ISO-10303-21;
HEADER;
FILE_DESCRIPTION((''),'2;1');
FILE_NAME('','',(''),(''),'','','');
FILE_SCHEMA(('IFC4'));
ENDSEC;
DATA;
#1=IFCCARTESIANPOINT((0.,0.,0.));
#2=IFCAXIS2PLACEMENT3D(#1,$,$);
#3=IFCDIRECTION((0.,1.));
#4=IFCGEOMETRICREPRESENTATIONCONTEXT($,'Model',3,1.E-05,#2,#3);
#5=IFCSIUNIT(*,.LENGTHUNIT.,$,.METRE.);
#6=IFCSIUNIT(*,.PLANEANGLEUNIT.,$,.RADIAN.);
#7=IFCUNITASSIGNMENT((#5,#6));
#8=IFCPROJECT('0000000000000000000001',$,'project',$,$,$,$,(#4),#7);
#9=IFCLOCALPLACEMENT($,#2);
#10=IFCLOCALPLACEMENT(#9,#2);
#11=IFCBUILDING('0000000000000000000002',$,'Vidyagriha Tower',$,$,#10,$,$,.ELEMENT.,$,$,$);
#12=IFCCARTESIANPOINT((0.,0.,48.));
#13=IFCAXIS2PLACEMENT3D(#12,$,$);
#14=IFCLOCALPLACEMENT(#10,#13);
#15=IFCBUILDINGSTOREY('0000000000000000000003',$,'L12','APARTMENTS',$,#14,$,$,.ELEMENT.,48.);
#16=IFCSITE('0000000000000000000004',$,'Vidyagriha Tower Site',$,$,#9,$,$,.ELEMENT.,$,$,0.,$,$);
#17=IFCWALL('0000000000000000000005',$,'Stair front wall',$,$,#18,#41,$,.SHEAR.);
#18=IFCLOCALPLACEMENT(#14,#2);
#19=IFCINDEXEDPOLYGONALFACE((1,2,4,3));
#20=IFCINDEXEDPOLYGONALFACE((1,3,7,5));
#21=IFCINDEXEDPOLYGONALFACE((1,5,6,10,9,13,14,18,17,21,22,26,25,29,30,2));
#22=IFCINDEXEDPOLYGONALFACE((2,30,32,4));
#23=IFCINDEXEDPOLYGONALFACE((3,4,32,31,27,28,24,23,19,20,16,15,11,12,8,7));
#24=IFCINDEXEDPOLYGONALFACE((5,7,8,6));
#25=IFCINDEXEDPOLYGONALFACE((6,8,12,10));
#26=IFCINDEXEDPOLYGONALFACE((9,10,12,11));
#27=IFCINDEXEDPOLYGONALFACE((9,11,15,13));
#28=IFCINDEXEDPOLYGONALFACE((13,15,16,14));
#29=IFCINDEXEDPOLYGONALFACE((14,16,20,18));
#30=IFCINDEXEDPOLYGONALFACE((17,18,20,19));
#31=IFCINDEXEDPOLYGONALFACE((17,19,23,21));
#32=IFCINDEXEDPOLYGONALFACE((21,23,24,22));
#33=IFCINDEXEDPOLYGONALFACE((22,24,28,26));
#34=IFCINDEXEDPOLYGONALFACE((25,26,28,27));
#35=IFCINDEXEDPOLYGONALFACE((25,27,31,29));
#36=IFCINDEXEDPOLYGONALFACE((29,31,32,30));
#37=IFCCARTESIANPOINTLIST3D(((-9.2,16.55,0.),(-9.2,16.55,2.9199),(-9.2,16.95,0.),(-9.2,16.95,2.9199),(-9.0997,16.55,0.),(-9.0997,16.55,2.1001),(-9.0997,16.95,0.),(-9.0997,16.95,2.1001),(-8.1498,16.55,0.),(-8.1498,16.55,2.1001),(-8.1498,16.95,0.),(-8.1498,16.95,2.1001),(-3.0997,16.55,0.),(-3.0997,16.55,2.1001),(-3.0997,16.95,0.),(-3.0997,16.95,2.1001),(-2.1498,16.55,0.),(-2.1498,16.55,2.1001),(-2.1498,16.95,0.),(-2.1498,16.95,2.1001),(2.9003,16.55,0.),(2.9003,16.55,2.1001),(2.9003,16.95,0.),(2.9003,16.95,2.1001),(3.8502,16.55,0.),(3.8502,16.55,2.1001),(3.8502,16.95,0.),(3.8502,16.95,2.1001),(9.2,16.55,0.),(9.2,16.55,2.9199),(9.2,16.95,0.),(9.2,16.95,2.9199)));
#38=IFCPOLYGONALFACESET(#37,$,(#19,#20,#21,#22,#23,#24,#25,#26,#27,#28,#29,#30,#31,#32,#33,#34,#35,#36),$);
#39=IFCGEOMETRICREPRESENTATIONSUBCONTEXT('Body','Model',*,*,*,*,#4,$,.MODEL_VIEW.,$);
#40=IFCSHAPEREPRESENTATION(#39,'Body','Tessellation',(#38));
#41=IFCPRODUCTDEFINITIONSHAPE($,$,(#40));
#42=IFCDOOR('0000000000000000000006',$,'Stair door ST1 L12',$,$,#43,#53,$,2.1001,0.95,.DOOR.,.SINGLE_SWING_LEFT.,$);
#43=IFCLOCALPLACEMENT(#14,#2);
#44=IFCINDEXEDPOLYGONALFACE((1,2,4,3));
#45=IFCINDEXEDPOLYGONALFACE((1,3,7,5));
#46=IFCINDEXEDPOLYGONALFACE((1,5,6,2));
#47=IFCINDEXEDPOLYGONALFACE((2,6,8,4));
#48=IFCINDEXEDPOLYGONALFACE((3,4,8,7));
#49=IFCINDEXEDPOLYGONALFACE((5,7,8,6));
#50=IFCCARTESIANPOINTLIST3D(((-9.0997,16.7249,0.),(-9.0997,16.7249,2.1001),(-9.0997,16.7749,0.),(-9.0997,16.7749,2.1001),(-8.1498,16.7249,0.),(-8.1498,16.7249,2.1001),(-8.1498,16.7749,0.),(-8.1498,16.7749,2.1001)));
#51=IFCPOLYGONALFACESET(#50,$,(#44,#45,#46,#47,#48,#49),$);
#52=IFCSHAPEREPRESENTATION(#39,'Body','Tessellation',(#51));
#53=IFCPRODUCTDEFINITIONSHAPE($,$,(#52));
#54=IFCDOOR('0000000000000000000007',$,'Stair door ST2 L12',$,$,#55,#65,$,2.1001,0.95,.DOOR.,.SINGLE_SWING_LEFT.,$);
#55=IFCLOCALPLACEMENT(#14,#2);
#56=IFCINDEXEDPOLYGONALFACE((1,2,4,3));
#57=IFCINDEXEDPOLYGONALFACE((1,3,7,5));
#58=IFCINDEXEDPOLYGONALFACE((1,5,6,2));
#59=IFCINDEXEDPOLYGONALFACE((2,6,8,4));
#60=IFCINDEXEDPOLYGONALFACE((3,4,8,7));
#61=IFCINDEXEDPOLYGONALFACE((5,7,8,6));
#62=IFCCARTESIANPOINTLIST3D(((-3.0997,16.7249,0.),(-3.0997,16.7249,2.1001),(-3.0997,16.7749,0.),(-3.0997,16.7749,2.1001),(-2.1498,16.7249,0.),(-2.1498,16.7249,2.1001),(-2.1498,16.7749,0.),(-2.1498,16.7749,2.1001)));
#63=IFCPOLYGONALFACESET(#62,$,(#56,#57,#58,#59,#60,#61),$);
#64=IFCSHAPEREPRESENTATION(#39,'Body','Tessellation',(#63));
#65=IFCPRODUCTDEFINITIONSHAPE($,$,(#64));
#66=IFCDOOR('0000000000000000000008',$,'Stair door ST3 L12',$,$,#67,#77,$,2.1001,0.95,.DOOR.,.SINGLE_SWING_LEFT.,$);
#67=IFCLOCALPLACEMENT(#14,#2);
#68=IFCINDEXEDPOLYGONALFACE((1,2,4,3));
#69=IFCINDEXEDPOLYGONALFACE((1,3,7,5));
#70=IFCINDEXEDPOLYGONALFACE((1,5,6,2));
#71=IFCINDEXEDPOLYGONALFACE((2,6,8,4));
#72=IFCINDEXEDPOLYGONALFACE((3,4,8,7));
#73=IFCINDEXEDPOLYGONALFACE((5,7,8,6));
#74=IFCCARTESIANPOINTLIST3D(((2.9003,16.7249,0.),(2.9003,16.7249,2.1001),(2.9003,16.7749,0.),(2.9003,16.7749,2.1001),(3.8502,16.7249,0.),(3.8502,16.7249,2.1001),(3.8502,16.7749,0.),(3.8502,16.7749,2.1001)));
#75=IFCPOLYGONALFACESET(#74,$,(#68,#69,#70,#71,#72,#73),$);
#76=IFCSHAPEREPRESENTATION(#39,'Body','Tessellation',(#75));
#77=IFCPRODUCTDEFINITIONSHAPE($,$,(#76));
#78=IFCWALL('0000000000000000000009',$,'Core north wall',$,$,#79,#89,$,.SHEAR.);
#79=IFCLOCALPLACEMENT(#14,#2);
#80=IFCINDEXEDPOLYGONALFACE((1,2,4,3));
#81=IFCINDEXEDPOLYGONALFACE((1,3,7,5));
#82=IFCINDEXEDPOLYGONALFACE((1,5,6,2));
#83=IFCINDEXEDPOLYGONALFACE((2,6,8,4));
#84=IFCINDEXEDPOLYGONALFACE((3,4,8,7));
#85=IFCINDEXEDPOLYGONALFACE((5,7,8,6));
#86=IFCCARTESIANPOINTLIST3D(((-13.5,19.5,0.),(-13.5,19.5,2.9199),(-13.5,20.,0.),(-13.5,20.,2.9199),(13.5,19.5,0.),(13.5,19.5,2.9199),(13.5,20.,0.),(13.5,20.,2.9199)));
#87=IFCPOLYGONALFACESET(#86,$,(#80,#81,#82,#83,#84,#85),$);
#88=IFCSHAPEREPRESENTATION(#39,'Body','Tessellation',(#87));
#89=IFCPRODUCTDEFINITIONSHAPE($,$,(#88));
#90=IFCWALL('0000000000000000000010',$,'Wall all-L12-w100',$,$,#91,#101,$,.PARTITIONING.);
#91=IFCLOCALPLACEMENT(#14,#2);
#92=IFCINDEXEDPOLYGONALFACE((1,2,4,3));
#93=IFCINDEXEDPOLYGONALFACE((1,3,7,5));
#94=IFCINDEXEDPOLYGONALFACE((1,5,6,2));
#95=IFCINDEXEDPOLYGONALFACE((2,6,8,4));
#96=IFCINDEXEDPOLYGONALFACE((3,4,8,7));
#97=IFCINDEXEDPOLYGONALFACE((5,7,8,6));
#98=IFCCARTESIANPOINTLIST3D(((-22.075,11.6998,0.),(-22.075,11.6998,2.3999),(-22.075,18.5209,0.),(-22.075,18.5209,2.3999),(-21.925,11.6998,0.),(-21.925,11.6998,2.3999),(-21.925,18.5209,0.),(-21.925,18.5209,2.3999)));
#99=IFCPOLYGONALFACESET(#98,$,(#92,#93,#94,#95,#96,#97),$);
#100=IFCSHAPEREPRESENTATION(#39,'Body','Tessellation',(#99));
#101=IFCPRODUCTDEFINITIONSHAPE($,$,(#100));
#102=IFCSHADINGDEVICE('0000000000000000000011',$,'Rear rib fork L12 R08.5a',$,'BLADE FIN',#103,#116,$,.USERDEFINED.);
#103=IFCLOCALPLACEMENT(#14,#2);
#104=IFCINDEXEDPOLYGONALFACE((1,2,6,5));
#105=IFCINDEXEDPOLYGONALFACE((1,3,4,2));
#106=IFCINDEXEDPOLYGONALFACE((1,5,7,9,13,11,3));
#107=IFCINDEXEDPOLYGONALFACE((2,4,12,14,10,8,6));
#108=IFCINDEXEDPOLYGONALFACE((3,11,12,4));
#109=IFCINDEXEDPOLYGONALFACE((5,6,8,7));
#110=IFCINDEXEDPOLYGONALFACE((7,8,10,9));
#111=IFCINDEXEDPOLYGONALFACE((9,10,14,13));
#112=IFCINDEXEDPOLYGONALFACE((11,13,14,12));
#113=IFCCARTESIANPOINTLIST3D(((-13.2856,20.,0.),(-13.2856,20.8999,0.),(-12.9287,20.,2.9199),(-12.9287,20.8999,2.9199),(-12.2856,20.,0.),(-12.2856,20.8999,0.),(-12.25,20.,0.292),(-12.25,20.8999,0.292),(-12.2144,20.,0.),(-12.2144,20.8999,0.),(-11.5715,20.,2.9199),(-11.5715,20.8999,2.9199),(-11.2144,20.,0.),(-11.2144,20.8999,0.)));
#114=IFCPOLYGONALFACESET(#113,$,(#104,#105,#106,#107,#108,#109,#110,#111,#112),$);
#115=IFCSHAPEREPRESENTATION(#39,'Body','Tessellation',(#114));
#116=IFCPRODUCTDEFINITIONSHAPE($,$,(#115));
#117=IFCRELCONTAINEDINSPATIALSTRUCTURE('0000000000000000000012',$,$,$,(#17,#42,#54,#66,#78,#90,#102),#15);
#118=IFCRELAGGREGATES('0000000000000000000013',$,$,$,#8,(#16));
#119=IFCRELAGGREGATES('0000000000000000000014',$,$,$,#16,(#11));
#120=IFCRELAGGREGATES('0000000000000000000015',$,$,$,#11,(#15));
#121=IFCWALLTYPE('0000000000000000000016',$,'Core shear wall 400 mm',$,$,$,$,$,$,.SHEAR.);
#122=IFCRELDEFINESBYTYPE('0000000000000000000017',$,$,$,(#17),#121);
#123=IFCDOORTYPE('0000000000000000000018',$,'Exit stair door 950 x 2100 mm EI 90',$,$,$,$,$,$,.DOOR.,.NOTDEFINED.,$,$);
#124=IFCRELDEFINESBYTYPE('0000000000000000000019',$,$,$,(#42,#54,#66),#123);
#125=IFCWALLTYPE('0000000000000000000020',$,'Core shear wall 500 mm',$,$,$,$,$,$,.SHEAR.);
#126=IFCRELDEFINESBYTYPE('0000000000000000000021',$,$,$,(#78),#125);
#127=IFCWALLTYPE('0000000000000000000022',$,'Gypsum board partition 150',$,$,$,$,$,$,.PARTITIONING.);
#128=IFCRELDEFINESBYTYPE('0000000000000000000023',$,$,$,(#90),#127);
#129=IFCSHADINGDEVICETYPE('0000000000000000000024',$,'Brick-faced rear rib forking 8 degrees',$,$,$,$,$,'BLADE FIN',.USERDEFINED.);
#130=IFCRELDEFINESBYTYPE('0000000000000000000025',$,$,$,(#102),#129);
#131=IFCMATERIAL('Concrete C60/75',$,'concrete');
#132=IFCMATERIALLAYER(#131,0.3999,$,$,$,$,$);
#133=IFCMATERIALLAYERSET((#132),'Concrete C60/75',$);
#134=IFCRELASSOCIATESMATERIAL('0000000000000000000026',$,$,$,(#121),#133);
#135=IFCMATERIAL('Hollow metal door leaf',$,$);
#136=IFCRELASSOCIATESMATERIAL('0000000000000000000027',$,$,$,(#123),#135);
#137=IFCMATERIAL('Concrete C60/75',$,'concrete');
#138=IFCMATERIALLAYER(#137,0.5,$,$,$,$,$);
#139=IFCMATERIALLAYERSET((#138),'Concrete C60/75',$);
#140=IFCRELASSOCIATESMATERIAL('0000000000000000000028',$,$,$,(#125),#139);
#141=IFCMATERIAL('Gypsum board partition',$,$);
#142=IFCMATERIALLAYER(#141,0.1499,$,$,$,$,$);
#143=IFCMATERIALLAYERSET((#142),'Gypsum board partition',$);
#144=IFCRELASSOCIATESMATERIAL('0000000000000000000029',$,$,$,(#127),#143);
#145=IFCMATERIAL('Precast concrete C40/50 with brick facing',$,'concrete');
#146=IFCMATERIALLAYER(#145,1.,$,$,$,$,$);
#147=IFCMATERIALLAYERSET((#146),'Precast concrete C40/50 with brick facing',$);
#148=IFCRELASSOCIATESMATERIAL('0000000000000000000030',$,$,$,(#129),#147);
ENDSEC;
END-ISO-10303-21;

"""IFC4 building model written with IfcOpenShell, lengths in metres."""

from ifc_helpers import new_model, si_unit, direction, frame, frame_2d, origin, place, context, subcontext, project, spatial, polyline, rectangle, outline, extrude, material, layer, layer_set, type_object, element, fill, save


model = new_model("IFC4")

# Units and contexts
model_context = context("Model", 3, precision=1e-05, world=origin(), true_north=direction((0.0, 1.0)))
body_context = subcontext(model_context, "Body", "Model", "MODEL_VIEW")
ifc_project = project(units=[si_unit("LENGTHUNIT", "METRE"), si_unit("PLANEANGLEUNIT", "RADIAN")], contexts=[model_context])

# Site, building, storey
site_placement = place(None, origin())
site = spatial("IfcSite", under=ifc_project, at=site_placement, Name="Vidyagriha Tower Site", CompositionType="ELEMENT", RefElevation=0.0)
building_placement = place(site_placement, origin())
building = spatial("IfcBuilding", under=site, at=building_placement, Name="Vidyagriha Tower", CompositionType="ELEMENT")
storey_placement = place(building_placement, frame((0.0, 0.0, 48.0)))
storey = spatial("IfcBuildingStorey", under=building, at=storey_placement, Name="L12", Description="APARTMENTS", CompositionType="ELEMENT", Elevation=48.0)

# Wall, openings, doors
ifc_material_1 = material(Name="Concrete C60/75", Category="concrete")
ifc_layer_1 = layer(ifc_material_1, 0.3999)
ifc_layer_set_1 = layer_set([ifc_layer_1], Name="Concrete C60/75")
wall_type_1 = type_object("IfcWallType", Name="Core shear wall 400 mm", PredefinedType="SHEAR", material=ifc_layer_set_1)
wall_1_placement = place(storey_placement, frame((-9.2, 16.75, 0.0)))
wall_1 = element("IfcWall", 1, at=wall_1_placement, inside=storey, type_object=wall_type_1, Name="Stair front wall", PredefinedType="SHEAR", context=body_context, shape_type="SweptSolid", body=[
    extrude(rectangle(XDim=18.3999, YDim=0.3999, at=frame_2d((9.2, 0.0))), origin(), (0.0, 0.0, 1.0), 2.9199),
])
opening_1_placement = place(wall_1_placement, frame((0.1001, 0.0, 0.0)))
opening_1 = element("IfcOpeningElement", 2, at=opening_1_placement, cuts=wall_1, PredefinedType="OPENING", context=body_context, shape_type="SweptSolid", body=[
    extrude(rectangle(XDim=0.95, YDim=2.1001, at=frame_2d((0.4751, 1.05))), frame((0.0, 0.21, 0.0), z_axis=(0.0, -1.0, 0.0), x_axis=(1.0, 0.0, 0.0)), (0.0, 0.0, 1.0), 0.4199),
])
opening_2_placement = place(wall_1_placement, frame((6.1001, 0.0, 0.0)))
opening_2 = element("IfcOpeningElement", 3, at=opening_2_placement, cuts=wall_1, PredefinedType="OPENING", context=body_context, shape_type="SweptSolid", body=[
    extrude(rectangle(XDim=0.95, YDim=2.1001, at=frame_2d((0.4751, 1.05))), frame((0.0, 0.21, 0.0), z_axis=(0.0, -1.0, 0.0), x_axis=(1.0, 0.0, 0.0)), (0.0, 0.0, 1.0), 0.4199),
])
opening_3_placement = place(wall_1_placement, frame((12.1001, 0.0, 0.0)))
opening_3 = element("IfcOpeningElement", 4, at=opening_3_placement, cuts=wall_1, PredefinedType="OPENING", context=body_context, shape_type="SweptSolid", body=[
    extrude(rectangle(XDim=0.95, YDim=2.1001, at=frame_2d((0.4751, 1.05))), frame((0.0, 0.21, 0.0), z_axis=(0.0, -1.0, 0.0), x_axis=(1.0, 0.0, 0.0)), (0.0, 0.0, 1.0), 0.4199),
])
ifc_material_2 = material(Name="Hollow metal door leaf")
door_type = type_object("IfcDoorType", Name="Exit stair door 950 x 2100 mm EI 90", OperationType="NOTDEFINED", PredefinedType="DOOR", material=ifc_material_2)
door_1_placement = place(opening_1_placement, origin())
door_1 = element("IfcDoor", 5, at=door_1_placement, inside=storey, type_object=door_type, Name="Stair door ST1 L12", OperationType="SINGLE_SWING_LEFT", OverallHeight=2.1001, OverallWidth=0.95, PredefinedType="DOOR", context=body_context, shape_type="SweptSolid", body=[
    extrude(rectangle(XDim=0.95, YDim=2.1001, at=frame_2d((0.4751, 1.05))), frame((0.0, 0.0249, 0.0), z_axis=(0.0, -1.0, 0.0), x_axis=(1.0, 0.0, 0.0)), (0.0, 0.0, 1.0), 0.05),
])
fill(opening_1, door_1)
door_2_placement = place(opening_2_placement, origin())
door_2 = element("IfcDoor", 6, at=door_2_placement, inside=storey, type_object=door_type, Name="Stair door ST2 L12", OperationType="SINGLE_SWING_LEFT", OverallHeight=2.1001, OverallWidth=0.95, PredefinedType="DOOR", context=body_context, shape_type="SweptSolid", body=[
    extrude(rectangle(XDim=0.95, YDim=2.1001, at=frame_2d((0.4751, 1.05))), frame((0.0, 0.0249, 0.0), z_axis=(0.0, -1.0, 0.0), x_axis=(1.0, 0.0, 0.0)), (0.0, 0.0, 1.0), 0.05),
])
fill(opening_2, door_2)
door_3_placement = place(opening_3_placement, origin())
door_3 = element("IfcDoor", 7, at=door_3_placement, inside=storey, type_object=door_type, Name="Stair door ST3 L12", OperationType="SINGLE_SWING_LEFT", OverallHeight=2.1001, OverallWidth=0.95, PredefinedType="DOOR", context=body_context, shape_type="SweptSolid", body=[
    extrude(rectangle(XDim=0.95, YDim=2.1001, at=frame_2d((0.4751, 1.05))), frame((0.0, 0.0249, 0.0), z_axis=(0.0, -1.0, 0.0), x_axis=(1.0, 0.0, 0.0)), (0.0, 0.0, 1.0), 0.05),
])
fill(opening_3, door_3)

# Walls
ifc_material_3 = material(Name="Concrete C60/75", Category="concrete")
ifc_layer_2 = layer(ifc_material_3, 0.5)
ifc_layer_set_2 = layer_set([ifc_layer_2], Name="Concrete C60/75")
wall_type_2 = type_object("IfcWallType", Name="Core shear wall 500 mm", PredefinedType="SHEAR", material=ifc_layer_set_2)
wall_2_placement = place(storey_placement, frame((-13.5, 19.75, 0.0)))
element("IfcWall", 8, at=wall_2_placement, inside=storey, type_object=wall_type_2, Name="Core north wall", PredefinedType="SHEAR", context=body_context, shape_type="SweptSolid", body=[
    extrude(rectangle(XDim=27.0, YDim=0.5, at=frame_2d((13.5, 0.0))), origin(), (0.0, 0.0, 1.0), 2.9199),
])
ifc_material_4 = material(Name="Gypsum board partition")
ifc_layer_3 = layer(ifc_material_4, 0.1499)
ifc_layer_set_3 = layer_set([ifc_layer_3], Name="Gypsum board partition")
wall_type_3 = type_object("IfcWallType", Name="Gypsum board partition 150", PredefinedType="PARTITIONING", material=ifc_layer_set_3)
wall_3_placement = place(storey_placement, frame((-22.0, 18.521, 0.0), z_axis=(0.0, 0.0, 1.0), x_axis=(0.0, -1.0, 0.0)))
element("IfcWall", 9, at=wall_3_placement, inside=storey, type_object=wall_type_3, Name="Wall all-L12-w100", PredefinedType="PARTITIONING", context=body_context, shape_type="SweptSolid", body=[
    extrude(rectangle(XDim=6.821, YDim=0.1499, at=frame_2d((3.4106, 0.0))), origin(), (0.0, 0.0, 1.0), 2.3999),
])

# Shading device
ifc_material_5 = material(Name="Precast concrete C40/50 with brick facing", Category="concrete")
ifc_layer_4 = layer(ifc_material_5, 1.0)
ifc_layer_set_4 = layer_set([ifc_layer_4], Name="Precast concrete C40/50 with brick facing")
shading_device_type = type_object("IfcShadingDeviceType", Name="Brick-faced rear rib forking 8 degrees", ElementType="BLADE FIN", PredefinedType="USERDEFINED", material=ifc_layer_set_4)
shading_device_placement = place(storey_placement, frame((-11.2144, 20.45, 0.0), z_axis=(0.0, 0.0, 1.0), x_axis=(-1.0, 0.0, 0.0)))
element("IfcShadingDevice", 10, at=shading_device_placement, inside=storey, type_object=shading_device_type, Name="Rear rib fork L12 R08.5a", ObjectType="BLADE FIN", PredefinedType="USERDEFINED", context=body_context, shape_type="SweptSolid", body=[
    extrude(outline(polyline([(1.0, 0.0), (1.0356, 0.292), (1.0713, 0.0), (2.0713, 0.0), (1.7144, 2.9199), (0.3572, 2.9199), (0.0, 0.0), (1.0, 0.0)])), frame((0.0, 0.45, 0.0), z_axis=(0.0, -1.0, 0.0), x_axis=(1.0, 0.0, 0.0)), (0.0, 0.0, 1.0), 0.8999),
])

save(model, "model.ifc")
